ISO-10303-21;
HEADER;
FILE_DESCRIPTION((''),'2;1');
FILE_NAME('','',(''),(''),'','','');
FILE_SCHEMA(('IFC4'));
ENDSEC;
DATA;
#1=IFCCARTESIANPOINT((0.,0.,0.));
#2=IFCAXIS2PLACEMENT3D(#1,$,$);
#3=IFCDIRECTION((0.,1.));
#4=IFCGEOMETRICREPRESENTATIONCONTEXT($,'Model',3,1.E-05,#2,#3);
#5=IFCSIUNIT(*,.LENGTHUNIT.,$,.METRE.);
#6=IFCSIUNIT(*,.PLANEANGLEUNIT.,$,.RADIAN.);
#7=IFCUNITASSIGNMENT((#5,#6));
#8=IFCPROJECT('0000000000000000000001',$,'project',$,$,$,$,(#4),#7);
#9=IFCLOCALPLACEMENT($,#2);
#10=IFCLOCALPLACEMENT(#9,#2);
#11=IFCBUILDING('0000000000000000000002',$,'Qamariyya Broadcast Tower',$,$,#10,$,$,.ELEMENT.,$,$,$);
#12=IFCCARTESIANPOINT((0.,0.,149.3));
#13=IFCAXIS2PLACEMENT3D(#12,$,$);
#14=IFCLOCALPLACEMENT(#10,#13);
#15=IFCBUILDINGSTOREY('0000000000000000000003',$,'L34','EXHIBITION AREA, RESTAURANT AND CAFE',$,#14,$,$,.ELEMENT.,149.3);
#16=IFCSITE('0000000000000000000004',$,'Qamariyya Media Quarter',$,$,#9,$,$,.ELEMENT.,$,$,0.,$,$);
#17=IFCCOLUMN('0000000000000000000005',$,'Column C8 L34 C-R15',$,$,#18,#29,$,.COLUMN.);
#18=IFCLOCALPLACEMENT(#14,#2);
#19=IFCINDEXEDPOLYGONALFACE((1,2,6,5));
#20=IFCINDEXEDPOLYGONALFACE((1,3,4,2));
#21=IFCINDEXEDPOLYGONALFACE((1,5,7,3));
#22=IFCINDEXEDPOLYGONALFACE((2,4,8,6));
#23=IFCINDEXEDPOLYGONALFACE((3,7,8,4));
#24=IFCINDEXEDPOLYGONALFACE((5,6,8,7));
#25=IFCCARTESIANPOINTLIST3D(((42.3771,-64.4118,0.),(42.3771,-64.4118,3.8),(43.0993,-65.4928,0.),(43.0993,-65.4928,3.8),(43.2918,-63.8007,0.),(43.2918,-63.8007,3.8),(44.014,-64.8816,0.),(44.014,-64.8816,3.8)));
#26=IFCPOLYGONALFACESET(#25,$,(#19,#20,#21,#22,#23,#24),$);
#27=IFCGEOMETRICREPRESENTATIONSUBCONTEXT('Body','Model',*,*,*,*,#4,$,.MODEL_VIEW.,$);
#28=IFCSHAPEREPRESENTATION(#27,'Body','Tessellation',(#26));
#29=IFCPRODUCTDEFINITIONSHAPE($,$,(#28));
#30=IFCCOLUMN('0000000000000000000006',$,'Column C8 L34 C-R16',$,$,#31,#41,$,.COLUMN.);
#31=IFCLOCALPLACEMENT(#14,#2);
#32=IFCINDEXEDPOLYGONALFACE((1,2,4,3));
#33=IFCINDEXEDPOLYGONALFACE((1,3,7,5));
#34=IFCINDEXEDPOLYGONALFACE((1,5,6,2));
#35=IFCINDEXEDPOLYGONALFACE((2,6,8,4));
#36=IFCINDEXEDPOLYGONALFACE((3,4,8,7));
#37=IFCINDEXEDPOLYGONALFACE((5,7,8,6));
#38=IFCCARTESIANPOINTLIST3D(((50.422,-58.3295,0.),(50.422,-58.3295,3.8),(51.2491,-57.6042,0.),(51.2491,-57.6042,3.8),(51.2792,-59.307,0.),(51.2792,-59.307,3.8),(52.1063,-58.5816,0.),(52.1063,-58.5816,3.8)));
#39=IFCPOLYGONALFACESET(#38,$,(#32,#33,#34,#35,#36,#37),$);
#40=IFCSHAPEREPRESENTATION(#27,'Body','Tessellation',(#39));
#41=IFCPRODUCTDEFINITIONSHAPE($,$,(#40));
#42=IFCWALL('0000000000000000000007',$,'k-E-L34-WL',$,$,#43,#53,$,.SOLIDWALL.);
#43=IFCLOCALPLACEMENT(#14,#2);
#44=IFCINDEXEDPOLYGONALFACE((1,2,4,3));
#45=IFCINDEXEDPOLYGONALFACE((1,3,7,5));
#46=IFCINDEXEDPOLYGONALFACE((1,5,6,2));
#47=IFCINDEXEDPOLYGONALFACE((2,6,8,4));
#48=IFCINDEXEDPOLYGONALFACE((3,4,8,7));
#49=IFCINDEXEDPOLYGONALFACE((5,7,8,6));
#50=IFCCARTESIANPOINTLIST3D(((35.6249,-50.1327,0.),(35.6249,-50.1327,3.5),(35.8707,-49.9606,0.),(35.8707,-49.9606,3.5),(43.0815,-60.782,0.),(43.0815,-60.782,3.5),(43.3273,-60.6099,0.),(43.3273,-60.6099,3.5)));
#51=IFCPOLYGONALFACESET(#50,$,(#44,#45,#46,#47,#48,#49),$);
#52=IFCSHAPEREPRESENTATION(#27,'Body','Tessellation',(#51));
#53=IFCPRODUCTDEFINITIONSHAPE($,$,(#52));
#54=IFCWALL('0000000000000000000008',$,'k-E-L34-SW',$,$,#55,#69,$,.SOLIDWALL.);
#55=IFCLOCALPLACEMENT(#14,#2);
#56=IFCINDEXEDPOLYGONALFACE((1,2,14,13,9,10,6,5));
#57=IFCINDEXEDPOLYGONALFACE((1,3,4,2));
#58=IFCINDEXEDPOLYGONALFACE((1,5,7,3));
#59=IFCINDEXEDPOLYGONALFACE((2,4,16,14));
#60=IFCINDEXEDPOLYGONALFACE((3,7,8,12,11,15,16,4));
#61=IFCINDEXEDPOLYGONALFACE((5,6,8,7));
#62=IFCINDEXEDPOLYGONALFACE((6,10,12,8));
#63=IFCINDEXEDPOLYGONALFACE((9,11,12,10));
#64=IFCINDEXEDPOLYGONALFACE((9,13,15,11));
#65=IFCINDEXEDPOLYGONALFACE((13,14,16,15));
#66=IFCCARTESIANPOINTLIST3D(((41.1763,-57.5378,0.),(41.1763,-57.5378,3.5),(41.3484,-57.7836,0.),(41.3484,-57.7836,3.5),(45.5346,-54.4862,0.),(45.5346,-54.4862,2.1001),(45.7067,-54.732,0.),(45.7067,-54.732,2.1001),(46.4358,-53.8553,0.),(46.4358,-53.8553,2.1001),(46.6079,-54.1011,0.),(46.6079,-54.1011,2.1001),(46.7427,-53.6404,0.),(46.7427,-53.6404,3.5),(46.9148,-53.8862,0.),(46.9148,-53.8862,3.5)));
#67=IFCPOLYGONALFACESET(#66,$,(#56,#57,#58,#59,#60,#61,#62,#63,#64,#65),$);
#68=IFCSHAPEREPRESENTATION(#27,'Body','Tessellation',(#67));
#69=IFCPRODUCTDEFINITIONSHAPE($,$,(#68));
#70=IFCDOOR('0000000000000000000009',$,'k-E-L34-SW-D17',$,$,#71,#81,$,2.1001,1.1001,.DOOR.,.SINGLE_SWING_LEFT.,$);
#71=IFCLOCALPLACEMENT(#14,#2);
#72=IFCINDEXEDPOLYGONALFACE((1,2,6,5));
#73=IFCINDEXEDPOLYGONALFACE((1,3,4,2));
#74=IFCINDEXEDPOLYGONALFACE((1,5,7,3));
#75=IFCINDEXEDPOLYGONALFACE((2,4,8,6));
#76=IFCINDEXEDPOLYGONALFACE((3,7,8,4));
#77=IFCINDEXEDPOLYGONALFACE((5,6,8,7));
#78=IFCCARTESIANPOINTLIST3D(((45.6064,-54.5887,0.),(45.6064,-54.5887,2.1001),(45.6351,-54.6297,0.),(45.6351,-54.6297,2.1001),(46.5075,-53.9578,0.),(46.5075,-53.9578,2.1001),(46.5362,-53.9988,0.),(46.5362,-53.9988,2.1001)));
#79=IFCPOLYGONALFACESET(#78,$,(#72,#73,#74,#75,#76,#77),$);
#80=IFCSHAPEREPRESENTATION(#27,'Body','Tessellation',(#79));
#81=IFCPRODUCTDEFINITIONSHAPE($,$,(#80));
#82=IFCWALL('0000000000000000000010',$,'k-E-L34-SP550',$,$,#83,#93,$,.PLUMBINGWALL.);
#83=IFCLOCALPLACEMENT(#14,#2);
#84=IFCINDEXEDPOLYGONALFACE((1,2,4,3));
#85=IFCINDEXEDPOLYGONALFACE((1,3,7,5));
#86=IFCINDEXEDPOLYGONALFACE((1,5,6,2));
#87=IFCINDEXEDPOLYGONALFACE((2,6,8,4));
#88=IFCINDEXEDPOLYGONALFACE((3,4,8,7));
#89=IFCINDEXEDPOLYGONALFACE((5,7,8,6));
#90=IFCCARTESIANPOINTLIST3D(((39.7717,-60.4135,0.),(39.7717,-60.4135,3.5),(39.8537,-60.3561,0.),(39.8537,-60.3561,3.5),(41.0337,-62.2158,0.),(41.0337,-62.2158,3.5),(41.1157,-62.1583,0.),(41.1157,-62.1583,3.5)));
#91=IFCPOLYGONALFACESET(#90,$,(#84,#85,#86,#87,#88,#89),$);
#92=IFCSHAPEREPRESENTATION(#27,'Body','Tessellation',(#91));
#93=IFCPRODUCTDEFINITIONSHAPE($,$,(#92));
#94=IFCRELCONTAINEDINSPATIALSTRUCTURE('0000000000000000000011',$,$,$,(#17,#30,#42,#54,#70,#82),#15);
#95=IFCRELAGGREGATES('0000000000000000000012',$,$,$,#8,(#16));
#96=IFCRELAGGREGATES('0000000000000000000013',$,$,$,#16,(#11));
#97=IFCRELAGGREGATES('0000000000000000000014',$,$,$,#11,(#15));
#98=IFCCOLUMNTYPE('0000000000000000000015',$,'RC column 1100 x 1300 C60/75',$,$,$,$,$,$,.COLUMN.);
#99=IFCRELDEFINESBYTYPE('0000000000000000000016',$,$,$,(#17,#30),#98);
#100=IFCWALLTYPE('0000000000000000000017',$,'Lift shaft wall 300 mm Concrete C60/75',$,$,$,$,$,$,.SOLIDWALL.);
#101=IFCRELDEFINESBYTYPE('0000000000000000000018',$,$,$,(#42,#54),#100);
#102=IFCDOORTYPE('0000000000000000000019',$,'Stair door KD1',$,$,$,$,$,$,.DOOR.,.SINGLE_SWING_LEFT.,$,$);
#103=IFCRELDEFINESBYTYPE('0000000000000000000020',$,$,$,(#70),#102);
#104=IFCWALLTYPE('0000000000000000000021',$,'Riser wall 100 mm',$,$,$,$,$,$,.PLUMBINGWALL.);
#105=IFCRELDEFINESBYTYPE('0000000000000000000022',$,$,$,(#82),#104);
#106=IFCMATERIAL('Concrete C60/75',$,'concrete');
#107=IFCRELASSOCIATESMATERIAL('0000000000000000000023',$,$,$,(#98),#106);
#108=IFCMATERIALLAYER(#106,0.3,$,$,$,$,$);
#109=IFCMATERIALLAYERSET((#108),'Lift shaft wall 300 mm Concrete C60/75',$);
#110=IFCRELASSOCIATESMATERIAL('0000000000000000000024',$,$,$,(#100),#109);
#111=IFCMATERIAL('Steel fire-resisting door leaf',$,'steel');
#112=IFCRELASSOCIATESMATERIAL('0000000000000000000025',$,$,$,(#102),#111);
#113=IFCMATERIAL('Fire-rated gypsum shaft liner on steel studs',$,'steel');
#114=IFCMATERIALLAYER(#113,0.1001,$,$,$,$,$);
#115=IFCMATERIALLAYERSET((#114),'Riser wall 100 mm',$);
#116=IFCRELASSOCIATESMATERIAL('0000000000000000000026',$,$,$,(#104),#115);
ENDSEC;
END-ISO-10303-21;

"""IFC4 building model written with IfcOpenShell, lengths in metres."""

from ifc_helpers import new_model, si_unit, direction, frame, frame_2d, origin, origin_2d, place, context, subcontext, project, spatial, rectangle, extrude, material, layer, layer_set, material_profile, profile_set, type_object, element, fill, save


model = new_model("IFC4")

# Units and contexts
model_context = context("Model", 3, precision=1e-05, world=origin(), true_north=direction((0.0, 1.0)))
body_context = subcontext(model_context, "Body", "Model", "MODEL_VIEW")
ifc_project = project(units=[si_unit("LENGTHUNIT", "METRE"), si_unit("PLANEANGLEUNIT", "RADIAN")], contexts=[model_context])

# Site, building, storey
site_placement = place(None, origin())
site = spatial("IfcSite", under=ifc_project, at=site_placement, Name="Qamariyya Media Quarter", CompositionType="ELEMENT", RefElevation=0.0)
building_placement = place(site_placement, origin())
building = spatial("IfcBuilding", under=site, at=building_placement, Name="Qamariyya Broadcast Tower", CompositionType="ELEMENT")
storey_placement = place(building_placement, frame((0.0, 0.0, 149.3)))
storey = spatial("IfcBuildingStorey", under=building, at=storey_placement, Name="L34", Description="EXHIBITION AREA, RESTAURANT AND CAFE", CompositionType="ELEMENT", Elevation=149.3)

# Columns
ifc_material_1 = material(Name="Concrete C60/75", Category="concrete")
ifc_material_profile_1 = material_profile(ifc_material_1, rectangle(XDim=1.1001, YDim=1.3, at=origin_2d()))
ifc_profile_set_1 = profile_set([ifc_material_profile_1], Name="Concrete C60/75")
column_type = type_object("IfcColumnType", Name="RC column 1100 x 1300 C60/75", PredefinedType="COLUMN", material=ifc_profile_set_1)
for number, where, z_axis, x_axis, name in (
    (1, (43.1956, -64.6467, 0.0), (0.0, 0.0, 1.0), (0.83147, 0.55557, 0.0), "Column C8 L34 C-R15"),
    (2, (51.2642, -58.4556, 0.0), (0.0, 0.0, 1.0), (0.75184, 0.659346, 0.0), "Column C8 L34 C-R16"),
):
    element("IfcColumn", number, at=place(storey_placement, frame(where, z_axis=z_axis, x_axis=x_axis)), inside=storey, type_object=column_type, Name=name, PredefinedType="COLUMN", context=body_context, shape_type="SweptSolid", body=[
        extrude(rectangle(XDim=1.1001, YDim=1.3, at=origin_2d()), origin(), (0.0, 0.0, 1.0), 3.8),
    ])

# Wall
ifc_layer_1 = layer(ifc_material_1, 0.3)
ifc_layer_set_1 = layer_set([ifc_layer_1], Name="Lift shaft wall 300 mm Concrete C60/75")
wall_type_1 = type_object("IfcWallType", Name="Lift shaft wall 300 mm Concrete C60/75", PredefinedType="SOLIDWALL", material=ifc_layer_set_1)
wall_1_placement = place(storey_placement, frame((43.2043, -60.6958, 0.0), z_axis=(0.0, 0.0, 1.0), x_axis=(-0.573572, 0.819155, 0.0)))
element("IfcWall", 3, at=wall_1_placement, inside=storey, type_object=wall_type_1, Name="k-E-L34-WL", PredefinedType="SOLIDWALL", context=body_context, shape_type="SweptSolid", body=[
    extrude(rectangle(XDim=13.0002, YDim=0.3, at=frame_2d((6.5, 0.0))), origin(), (0.0, 0.0, 1.0), 3.5),
])

# Wall, opening, door
wall_2_placement = place(storey_placement, frame((41.2625, -57.6606, 0.0), z_axis=(0.0, 0.0, 1.0), x_axis=(0.819164, 0.573559, 0.0)))
wall_2 = element("IfcWall", 4, at=wall_2_placement, inside=storey, type_object=wall_type_1, Name="k-E-L34-SW", PredefinedType="SOLIDWALL", context=body_context, shape_type="SweptSolid", body=[
    extrude(rectangle(XDim=6.7952, YDim=0.3, at=frame_2d((3.3975, 0.0))), origin(), (0.0, 0.0, 1.0), 3.5),
])
opening_placement = place(wall_2_placement, frame((5.3203, 0.0, 0.0)))
opening = element("IfcOpeningElement", 5, at=opening_placement, cuts=wall_2, PredefinedType="OPENING", context=body_context, shape_type="SweptSolid", body=[
    extrude(rectangle(XDim=1.1001, YDim=2.1001, at=frame_2d((0.55, 1.05))), frame((0.0, 0.1599, 0.0), z_axis=(0.0, -1.0, 0.0), x_axis=(1.0, 0.0, 0.0)), (0.0, 0.0, 1.0), 0.3201),
])
ifc_material_2 = material(Name="Steel fire-resisting door leaf", Category="steel")
door_type = type_object("IfcDoorType", Name="Stair door KD1", OperationType="SINGLE_SWING_LEFT", PredefinedType="DOOR", material=ifc_material_2)
door_placement = place(opening_placement, origin())
door = element("IfcDoor", 6, at=door_placement, inside=storey, type_object=door_type, Name="k-E-L34-SW-D17", OperationType="SINGLE_SWING_LEFT", OverallHeight=2.1001, OverallWidth=1.1001, PredefinedType="DOOR", context=body_context, shape_type="SweptSolid", body=[
    extrude(rectangle(XDim=1.1001, YDim=2.1001, at=frame_2d((0.55, 1.05))), frame((0.0, 0.0249, 0.0), z_axis=(0.0, -1.0, 0.0), x_axis=(1.0, 0.0, 0.0)), (0.0, 0.0, 1.0), 0.05),
])
fill(opening, door)

# Wall
ifc_material_3 = material(Name="Fire-rated gypsum shaft liner on steel studs", Category="steel")
ifc_layer_2 = layer(ifc_material_3, 0.1001)
ifc_layer_set_2 = layer_set([ifc_layer_2], Name="Riser wall 100 mm")
wall_type_2 = type_object("IfcWallType", Name="Riser wall 100 mm", PredefinedType="PLUMBINGWALL", material=ifc_layer_set_2)
wall_3_placement = place(storey_placement, frame((39.8127, -60.3848, 0.0), z_axis=(0.0, 0.0, 1.0), x_axis=(0.573581, -0.819149, 0.0)))
element("IfcWall", 7, at=wall_3_placement, inside=storey, type_object=wall_type_2, Name="k-E-L34-SP550", PredefinedType="PLUMBINGWALL", context=body_context, shape_type="SweptSolid", body=[
    extrude(rectangle(XDim=2.2002, YDim=0.1001, at=frame_2d((1.1001, 0.0))), origin(), (0.0, 0.0, 1.0), 3.5),
])

save(model, "model.ifc")
